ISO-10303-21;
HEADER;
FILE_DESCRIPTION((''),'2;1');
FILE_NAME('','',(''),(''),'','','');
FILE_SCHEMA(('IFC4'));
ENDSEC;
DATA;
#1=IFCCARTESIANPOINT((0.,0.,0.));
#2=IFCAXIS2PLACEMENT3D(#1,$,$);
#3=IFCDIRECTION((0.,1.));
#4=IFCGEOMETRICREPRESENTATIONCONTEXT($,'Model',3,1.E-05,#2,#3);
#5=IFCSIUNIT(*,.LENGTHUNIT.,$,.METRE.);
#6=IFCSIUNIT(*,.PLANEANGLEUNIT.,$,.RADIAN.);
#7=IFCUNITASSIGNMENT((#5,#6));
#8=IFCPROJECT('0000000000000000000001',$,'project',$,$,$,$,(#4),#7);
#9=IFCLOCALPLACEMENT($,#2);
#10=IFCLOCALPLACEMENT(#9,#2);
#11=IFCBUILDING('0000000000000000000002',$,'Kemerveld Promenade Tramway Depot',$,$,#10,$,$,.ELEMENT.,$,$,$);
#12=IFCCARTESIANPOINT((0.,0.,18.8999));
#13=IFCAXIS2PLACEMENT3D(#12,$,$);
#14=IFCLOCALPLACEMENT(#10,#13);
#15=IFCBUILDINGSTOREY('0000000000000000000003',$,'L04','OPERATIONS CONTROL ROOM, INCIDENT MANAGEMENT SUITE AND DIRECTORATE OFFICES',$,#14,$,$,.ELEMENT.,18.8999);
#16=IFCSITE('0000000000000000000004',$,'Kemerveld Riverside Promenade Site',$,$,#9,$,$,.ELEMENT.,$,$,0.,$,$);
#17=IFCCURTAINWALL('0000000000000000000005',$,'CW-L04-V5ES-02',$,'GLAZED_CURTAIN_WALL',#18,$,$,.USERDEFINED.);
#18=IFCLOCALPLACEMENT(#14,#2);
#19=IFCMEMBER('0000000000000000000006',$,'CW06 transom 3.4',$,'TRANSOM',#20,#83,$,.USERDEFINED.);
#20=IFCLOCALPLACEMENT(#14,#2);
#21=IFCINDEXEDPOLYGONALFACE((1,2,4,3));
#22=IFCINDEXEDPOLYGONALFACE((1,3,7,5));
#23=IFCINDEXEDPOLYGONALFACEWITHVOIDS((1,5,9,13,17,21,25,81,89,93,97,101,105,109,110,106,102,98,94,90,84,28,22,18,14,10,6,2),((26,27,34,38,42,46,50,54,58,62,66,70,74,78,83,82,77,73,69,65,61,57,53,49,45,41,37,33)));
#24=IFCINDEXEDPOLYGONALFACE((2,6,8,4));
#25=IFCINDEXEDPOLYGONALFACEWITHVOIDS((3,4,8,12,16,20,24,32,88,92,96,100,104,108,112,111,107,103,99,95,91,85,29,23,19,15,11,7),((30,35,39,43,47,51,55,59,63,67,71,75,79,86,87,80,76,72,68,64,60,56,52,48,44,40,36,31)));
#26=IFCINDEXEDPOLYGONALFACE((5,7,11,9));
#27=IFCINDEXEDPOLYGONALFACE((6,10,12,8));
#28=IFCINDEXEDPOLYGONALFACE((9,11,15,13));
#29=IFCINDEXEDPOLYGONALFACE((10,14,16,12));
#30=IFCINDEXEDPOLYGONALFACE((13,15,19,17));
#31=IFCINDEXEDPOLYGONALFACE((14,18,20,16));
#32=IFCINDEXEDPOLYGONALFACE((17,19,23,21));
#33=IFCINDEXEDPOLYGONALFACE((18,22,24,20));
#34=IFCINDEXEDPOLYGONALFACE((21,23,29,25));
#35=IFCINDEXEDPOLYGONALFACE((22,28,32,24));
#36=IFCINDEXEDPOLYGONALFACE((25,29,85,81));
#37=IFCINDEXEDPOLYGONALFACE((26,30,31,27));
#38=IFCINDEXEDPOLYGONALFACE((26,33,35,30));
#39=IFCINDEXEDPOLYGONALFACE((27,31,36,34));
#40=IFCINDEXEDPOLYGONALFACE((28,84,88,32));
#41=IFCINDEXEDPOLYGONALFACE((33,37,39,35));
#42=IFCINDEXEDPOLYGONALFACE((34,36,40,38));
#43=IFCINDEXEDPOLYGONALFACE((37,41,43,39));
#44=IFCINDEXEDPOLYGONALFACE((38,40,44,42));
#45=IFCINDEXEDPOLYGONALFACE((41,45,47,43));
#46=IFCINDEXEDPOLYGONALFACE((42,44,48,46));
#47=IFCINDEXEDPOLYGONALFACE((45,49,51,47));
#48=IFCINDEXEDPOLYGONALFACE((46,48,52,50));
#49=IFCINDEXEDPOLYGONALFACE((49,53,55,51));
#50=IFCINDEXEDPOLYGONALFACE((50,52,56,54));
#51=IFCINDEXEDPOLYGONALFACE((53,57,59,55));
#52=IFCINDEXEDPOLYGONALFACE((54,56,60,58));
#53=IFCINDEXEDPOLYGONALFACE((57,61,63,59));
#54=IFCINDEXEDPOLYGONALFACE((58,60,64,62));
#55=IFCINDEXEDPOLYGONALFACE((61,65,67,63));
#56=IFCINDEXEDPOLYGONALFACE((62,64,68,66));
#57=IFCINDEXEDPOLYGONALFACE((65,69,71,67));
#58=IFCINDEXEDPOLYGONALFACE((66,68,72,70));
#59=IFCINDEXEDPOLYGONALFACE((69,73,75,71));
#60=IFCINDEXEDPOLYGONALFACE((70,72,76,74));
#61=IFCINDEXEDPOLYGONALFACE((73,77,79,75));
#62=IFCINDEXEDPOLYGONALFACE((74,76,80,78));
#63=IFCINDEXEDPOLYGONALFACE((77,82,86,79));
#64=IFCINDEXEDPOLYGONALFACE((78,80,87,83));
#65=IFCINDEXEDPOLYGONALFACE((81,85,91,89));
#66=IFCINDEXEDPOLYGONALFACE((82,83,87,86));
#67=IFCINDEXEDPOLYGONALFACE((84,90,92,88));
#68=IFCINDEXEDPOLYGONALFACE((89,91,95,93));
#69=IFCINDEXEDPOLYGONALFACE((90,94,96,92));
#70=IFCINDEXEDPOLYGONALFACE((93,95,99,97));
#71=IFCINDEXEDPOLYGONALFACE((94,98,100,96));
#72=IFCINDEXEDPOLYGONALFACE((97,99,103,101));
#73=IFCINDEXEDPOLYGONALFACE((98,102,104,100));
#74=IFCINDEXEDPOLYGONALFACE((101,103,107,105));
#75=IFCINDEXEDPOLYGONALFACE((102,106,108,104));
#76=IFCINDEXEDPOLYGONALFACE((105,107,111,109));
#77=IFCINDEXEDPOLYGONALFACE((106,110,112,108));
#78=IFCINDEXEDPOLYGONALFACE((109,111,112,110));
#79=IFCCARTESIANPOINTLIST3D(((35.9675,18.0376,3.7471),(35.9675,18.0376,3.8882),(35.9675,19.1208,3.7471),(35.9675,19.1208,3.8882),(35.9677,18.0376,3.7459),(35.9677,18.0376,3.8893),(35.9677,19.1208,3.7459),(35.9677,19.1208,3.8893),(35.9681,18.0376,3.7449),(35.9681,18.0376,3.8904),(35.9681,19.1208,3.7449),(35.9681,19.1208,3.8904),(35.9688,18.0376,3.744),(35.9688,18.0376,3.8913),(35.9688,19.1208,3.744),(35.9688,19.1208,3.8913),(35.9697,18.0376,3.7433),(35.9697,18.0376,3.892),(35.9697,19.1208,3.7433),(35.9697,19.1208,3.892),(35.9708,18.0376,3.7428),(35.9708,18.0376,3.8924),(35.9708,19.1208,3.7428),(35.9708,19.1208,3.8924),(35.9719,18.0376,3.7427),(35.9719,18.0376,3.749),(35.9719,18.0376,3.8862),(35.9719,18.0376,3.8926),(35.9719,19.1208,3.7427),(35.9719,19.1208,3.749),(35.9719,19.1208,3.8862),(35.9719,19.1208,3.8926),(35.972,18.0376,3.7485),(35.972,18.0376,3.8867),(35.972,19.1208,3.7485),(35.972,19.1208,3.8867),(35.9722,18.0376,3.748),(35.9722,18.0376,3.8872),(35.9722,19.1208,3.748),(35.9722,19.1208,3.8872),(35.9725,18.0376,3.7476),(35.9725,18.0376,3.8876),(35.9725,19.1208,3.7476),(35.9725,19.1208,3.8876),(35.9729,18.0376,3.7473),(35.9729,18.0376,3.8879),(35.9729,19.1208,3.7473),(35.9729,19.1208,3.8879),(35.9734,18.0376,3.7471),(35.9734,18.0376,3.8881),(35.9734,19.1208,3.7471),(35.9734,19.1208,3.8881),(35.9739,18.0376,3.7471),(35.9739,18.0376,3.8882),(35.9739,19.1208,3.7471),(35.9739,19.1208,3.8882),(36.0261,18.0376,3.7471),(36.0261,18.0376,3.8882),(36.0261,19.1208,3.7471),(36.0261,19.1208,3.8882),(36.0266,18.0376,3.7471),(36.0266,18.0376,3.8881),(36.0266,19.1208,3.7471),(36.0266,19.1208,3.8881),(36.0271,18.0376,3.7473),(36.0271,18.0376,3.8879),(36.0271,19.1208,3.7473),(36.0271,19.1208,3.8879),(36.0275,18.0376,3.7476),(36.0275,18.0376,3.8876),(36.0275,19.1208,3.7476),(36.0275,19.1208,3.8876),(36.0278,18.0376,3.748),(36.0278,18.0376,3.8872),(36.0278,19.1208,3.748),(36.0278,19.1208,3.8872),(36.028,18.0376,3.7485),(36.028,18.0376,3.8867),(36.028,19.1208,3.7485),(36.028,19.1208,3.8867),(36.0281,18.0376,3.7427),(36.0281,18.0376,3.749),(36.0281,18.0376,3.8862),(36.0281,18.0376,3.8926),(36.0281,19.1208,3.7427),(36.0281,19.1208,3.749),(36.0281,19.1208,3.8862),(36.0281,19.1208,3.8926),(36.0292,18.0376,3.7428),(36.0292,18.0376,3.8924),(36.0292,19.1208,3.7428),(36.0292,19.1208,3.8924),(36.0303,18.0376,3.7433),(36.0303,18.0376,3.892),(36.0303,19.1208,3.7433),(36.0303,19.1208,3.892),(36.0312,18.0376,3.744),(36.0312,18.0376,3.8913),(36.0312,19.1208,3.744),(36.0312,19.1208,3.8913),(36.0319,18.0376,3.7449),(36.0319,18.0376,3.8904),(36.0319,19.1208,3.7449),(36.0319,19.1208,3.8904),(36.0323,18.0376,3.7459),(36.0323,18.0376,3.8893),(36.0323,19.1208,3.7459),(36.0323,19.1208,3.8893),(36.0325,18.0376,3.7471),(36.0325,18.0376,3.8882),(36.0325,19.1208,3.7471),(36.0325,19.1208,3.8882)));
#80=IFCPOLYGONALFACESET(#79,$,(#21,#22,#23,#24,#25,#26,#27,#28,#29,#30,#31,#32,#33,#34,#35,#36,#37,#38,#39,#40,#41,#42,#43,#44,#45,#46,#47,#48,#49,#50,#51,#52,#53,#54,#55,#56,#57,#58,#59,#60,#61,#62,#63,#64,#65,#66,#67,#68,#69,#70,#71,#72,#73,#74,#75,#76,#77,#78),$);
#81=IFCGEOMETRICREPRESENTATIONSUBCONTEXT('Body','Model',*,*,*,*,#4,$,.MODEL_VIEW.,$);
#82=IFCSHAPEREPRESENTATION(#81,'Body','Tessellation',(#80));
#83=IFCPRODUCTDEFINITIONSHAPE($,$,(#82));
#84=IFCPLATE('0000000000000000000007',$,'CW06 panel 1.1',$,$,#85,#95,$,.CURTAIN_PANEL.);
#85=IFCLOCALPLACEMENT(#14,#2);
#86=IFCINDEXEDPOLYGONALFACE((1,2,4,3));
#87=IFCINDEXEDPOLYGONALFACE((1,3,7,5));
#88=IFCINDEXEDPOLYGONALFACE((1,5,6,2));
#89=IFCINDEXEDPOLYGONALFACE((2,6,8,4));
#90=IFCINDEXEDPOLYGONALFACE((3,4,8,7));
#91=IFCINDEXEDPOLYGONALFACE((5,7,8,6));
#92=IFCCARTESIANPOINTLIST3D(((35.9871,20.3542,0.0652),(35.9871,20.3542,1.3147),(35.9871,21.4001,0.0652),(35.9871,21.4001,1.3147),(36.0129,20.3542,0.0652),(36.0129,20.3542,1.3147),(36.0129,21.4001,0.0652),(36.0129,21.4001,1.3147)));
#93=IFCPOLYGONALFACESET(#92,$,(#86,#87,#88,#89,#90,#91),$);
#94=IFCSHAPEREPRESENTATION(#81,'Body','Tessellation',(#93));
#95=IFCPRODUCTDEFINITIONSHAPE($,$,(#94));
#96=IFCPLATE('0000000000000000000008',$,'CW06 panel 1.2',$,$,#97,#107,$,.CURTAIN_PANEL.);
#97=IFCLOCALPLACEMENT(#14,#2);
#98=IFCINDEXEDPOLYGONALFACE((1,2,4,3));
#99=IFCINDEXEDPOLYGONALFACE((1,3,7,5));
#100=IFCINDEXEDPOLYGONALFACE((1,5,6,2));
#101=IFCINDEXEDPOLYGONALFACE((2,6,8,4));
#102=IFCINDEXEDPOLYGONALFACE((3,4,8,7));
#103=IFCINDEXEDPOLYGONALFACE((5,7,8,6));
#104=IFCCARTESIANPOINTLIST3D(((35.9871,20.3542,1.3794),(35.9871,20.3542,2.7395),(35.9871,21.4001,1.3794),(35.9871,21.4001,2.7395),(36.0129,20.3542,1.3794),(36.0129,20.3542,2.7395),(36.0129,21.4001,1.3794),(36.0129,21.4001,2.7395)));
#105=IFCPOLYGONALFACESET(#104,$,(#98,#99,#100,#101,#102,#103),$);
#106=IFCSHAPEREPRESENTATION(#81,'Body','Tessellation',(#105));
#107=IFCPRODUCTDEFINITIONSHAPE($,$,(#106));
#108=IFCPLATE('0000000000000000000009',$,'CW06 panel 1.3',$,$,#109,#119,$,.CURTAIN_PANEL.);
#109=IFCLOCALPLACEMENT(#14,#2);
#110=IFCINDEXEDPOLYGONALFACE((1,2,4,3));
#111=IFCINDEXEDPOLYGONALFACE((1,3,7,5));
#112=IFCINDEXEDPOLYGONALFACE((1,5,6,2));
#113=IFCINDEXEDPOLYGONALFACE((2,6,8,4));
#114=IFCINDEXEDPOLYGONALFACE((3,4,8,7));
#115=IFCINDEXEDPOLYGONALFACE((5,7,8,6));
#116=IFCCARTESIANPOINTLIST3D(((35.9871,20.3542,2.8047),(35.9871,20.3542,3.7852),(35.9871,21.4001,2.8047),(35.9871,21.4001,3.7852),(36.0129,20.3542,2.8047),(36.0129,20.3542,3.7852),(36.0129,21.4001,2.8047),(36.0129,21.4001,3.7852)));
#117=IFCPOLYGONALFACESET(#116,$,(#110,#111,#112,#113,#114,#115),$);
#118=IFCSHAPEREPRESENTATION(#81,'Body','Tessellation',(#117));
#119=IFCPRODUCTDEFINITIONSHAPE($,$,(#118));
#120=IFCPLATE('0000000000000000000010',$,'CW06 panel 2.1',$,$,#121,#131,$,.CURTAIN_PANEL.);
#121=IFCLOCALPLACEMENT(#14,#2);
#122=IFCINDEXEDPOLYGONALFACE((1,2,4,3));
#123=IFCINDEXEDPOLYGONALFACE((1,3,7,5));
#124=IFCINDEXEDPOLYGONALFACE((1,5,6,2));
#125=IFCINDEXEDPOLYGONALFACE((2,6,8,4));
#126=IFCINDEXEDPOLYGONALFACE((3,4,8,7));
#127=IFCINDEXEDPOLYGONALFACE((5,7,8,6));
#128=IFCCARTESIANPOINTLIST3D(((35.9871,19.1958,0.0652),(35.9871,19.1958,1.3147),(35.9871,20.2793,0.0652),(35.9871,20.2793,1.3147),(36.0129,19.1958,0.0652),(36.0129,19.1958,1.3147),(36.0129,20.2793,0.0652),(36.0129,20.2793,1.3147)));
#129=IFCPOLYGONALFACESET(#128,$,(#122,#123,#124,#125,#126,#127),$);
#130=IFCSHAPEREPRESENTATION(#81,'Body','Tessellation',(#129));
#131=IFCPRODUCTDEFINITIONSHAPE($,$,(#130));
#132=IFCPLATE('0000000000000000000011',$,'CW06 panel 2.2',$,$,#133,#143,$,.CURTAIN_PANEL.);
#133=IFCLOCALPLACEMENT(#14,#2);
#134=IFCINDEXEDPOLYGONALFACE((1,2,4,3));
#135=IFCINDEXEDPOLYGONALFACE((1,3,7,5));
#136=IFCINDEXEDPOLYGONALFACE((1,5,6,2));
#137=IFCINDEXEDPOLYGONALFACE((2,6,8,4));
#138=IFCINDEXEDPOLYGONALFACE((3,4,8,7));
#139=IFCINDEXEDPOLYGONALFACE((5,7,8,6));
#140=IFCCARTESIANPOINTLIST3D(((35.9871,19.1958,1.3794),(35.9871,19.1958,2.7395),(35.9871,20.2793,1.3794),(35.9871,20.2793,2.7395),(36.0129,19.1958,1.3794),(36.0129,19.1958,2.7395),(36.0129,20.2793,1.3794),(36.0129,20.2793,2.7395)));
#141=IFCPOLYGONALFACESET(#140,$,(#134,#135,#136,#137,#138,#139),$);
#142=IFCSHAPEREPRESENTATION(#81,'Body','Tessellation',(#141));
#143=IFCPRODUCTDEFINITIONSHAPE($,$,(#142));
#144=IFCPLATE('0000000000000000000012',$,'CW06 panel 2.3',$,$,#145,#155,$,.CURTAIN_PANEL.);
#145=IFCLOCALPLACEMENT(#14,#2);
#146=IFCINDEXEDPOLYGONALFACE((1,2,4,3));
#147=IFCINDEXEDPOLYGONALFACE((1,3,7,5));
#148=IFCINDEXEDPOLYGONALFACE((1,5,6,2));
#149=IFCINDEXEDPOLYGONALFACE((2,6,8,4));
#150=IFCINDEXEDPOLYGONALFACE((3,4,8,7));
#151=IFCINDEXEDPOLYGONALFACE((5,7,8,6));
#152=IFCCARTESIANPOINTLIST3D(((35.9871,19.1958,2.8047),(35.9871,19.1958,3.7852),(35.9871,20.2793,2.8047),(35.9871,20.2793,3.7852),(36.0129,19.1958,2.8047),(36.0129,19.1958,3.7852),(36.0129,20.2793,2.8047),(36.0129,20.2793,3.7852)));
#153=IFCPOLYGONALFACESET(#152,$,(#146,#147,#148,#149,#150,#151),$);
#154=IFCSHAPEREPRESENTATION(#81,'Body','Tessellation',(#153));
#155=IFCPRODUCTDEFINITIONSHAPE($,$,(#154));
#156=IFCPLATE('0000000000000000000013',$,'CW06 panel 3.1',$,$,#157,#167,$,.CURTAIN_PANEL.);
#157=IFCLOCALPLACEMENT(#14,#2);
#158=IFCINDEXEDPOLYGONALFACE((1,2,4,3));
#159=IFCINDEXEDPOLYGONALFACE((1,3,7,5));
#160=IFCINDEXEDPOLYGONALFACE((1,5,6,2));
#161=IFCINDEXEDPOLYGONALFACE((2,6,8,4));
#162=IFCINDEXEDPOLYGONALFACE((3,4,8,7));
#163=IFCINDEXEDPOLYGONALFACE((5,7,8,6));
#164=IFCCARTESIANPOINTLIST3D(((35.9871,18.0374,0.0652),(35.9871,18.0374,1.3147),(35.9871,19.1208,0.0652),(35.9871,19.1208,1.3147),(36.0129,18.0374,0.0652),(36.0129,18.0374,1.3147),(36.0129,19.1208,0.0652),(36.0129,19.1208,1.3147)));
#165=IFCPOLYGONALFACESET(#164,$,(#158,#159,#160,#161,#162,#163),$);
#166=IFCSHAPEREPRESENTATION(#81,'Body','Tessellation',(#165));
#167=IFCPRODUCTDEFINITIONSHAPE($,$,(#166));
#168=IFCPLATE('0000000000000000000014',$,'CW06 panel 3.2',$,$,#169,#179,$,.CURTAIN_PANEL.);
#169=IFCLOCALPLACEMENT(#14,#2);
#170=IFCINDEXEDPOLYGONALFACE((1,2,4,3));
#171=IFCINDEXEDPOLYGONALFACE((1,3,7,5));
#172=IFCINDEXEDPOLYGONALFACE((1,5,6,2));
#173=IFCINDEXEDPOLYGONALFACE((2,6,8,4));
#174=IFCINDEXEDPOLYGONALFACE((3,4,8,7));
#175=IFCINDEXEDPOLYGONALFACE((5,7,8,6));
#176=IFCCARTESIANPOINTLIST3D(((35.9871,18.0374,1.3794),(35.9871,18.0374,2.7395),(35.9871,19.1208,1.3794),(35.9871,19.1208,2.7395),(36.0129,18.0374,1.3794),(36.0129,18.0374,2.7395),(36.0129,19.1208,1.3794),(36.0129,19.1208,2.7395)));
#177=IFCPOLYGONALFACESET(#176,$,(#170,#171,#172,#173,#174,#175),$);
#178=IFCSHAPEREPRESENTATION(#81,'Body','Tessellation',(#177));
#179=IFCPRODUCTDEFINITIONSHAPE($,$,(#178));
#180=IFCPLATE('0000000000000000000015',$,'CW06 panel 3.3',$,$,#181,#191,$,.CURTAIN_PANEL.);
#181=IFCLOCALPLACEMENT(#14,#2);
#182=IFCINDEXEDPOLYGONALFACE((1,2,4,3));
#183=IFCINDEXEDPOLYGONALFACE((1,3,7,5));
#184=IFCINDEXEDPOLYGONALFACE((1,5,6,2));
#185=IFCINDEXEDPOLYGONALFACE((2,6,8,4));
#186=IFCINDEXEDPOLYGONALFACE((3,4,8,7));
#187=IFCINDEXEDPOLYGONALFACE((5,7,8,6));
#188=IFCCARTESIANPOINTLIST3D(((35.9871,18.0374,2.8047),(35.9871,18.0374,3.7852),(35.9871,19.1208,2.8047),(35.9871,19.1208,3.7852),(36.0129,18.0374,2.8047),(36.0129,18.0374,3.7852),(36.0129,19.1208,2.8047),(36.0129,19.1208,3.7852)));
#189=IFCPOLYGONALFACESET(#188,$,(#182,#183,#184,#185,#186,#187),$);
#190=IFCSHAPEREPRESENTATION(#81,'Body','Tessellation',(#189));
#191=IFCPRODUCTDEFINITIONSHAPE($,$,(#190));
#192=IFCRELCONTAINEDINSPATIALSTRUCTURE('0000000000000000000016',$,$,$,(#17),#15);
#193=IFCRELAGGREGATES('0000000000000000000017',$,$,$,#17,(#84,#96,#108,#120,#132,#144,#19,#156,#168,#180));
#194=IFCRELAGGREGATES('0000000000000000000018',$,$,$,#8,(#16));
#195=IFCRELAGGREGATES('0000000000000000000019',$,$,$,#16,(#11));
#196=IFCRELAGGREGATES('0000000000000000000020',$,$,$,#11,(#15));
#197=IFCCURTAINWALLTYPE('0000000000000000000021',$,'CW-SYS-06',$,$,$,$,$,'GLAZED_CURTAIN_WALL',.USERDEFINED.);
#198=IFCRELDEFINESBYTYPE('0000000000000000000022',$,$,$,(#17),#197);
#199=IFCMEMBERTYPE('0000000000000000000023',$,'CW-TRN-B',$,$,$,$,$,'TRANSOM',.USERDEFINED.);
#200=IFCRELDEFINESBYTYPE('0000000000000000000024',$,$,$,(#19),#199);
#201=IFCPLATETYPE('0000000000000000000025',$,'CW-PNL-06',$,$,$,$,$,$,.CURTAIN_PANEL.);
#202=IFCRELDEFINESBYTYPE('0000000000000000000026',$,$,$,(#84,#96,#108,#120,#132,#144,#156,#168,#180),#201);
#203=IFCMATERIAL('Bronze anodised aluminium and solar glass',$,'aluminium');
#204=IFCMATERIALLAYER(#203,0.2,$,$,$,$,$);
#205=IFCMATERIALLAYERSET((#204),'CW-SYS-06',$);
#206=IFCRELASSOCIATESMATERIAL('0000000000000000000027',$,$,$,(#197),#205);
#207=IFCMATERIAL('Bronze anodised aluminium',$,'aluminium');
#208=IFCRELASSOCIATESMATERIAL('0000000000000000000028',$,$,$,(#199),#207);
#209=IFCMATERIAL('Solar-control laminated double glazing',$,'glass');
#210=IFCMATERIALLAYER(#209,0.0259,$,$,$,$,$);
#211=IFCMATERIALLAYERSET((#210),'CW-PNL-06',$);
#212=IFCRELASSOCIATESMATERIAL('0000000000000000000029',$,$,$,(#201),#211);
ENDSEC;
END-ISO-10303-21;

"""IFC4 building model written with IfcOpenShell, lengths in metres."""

from ifc_helpers import new_model, si_unit, direction, frame, origin, origin_2d, place, context, subcontext, project, spatial, rectangle, hollow_rectangle, extrude, material, layer, layer_set, material_profile, profile_set, type_object, element, aggregate, save


model = new_model("IFC4")

# Units and contexts
model_context = context("Model", 3, precision=1e-05, world=origin(), true_north=direction((0.0, 1.0)))
body_context = subcontext(model_context, "Body", "Model", "MODEL_VIEW")
ifc_project = project(units=[si_unit("LENGTHUNIT", "METRE"), si_unit("PLANEANGLEUNIT", "RADIAN")], contexts=[model_context])

# Site, building, storey
site_placement = place(None, origin())
site = spatial("IfcSite", under=ifc_project, at=site_placement, Name="Kemerveld Riverside Promenade Site", CompositionType="ELEMENT", RefElevation=0.0)
building_placement = place(site_placement, origin())
building = spatial("IfcBuilding", under=site, at=building_placement, Name="Kemerveld Promenade Tramway Depot", CompositionType="ELEMENT")
storey_placement = place(building_placement, frame((0.0, 0.0, 18.8999)))
storey = spatial("IfcBuildingStorey", under=building, at=storey_placement, Name="L04", Description="OPERATIONS CONTROL ROOM, INCIDENT MANAGEMENT SUITE AND DIRECTORATE OFFICES", CompositionType="ELEMENT", Elevation=18.8999)

# Curtain wall, member, plates
ifc_material_1 = material(Name="Bronze anodised aluminium and solar glass", Category="aluminium")
ifc_layer_1 = layer(ifc_material_1, 0.2)
ifc_layer_set_1 = layer_set([ifc_layer_1], Name="CW-SYS-06")
curtain_wall_type = type_object("IfcCurtainWallType", Name="CW-SYS-06", ElementType="GLAZED_CURTAIN_WALL", PredefinedType="USERDEFINED", material=ifc_layer_set_1)
curtain_wall_placement = place(storey_placement, origin())
curtain_wall = element("IfcCurtainWall", 1, at=curtain_wall_placement, inside=storey, type_object=curtain_wall_type, Name="CW-L04-V5ES-02", ObjectType="GLAZED_CURTAIN_WALL", PredefinedType="USERDEFINED")
ifc_material_2 = material(Name="Bronze anodised aluminium", Category="aluminium")
ifc_material_profile_1 = material_profile(ifc_material_2, hollow_rectangle(XDim=0.0649, YDim=0.1499, WallThickness=0.0044, InnerFilletRadius=0.002, OuterFilletRadius=0.0044, at=origin_2d()), Name="CW-TRN-150x65")
ifc_profile_set_1 = profile_set([ifc_material_profile_1], Name="Bronze anodised aluminium")
member_type_1 = type_object("IfcMemberType", Name="CW-TRN-B", ElementType="TRANSOM", PredefinedType="USERDEFINED", material=ifc_profile_set_1)
member_1_placement = place(storey_placement, frame((36.0, 19.1208, 3.8176), z_axis=(0.0, -1.0, 0.0), x_axis=(1.0, 0.0, 0.0)))
member_1 = element("IfcMember", 2, at=member_1_placement, type_object=member_type_1, Name="CW06 transom 3.4", ObjectType="TRANSOM", PredefinedType="USERDEFINED", context=body_context, shape_type="SweptSolid", body=[
    extrude(hollow_rectangle(XDim=0.0649, YDim=0.1499, WallThickness=0.0044, InnerFilletRadius=0.002, OuterFilletRadius=0.0044, at=origin_2d()), origin(), (0.0, 0.0, 1.0), 1.0833),
])
ifc_material_3 = material(Name="Solar-control laminated double glazing", Category="glass")
ifc_layer_2 = layer(ifc_material_3, 0.0259)
ifc_layer_set_2 = layer_set([ifc_layer_2], Name="CW-PNL-06")
plate_type = type_object("IfcPlateType", Name="CW-PNL-06", PredefinedType="CURTAIN_PANEL", material=ifc_layer_set_2)
plate_1_placement = place(storey_placement, frame((36.0, 20.8772, 0.0652), z_axis=(0.0, 0.0, 1.0), x_axis=(0.0, -1.0, 0.0)))
plate_1 = element("IfcPlate", 3, at=plate_1_placement, type_object=plate_type, Name="CW06 panel 1.1", PredefinedType="CURTAIN_PANEL", context=body_context, shape_type="SweptSolid", body=[
    extrude(rectangle(XDim=1.0459, YDim=0.0259, at=origin_2d()), origin(), (0.0, 0.0, 1.0), 1.2495),
])
plate_2_placement = place(storey_placement, frame((36.0, 20.8772, 1.3794), z_axis=(0.0, 0.0, 1.0), x_axis=(0.0, -1.0, 0.0)))
plate_2 = element("IfcPlate", 4, at=plate_2_placement, type_object=plate_type, Name="CW06 panel 1.2", PredefinedType="CURTAIN_PANEL", context=body_context, shape_type="SweptSolid", body=[
    extrude(rectangle(XDim=1.0459, YDim=0.0259, at=origin_2d()), origin(), (0.0, 0.0, 1.0), 1.3601),
])
plate_3_placement = place(storey_placement, frame((36.0, 20.8772, 2.8047), z_axis=(0.0, 0.0, 1.0), x_axis=(0.0, -1.0, 0.0)))
plate_3 = element("IfcPlate", 5, at=plate_3_placement, type_object=plate_type, Name="CW06 panel 1.3", PredefinedType="CURTAIN_PANEL", context=body_context, shape_type="SweptSolid", body=[
    extrude(rectangle(XDim=1.0459, YDim=0.0259, at=origin_2d()), origin(), (0.0, 0.0, 1.0), 0.9805),
])
plate_4_placement = place(storey_placement, frame((36.0, 19.7375, 0.0652), z_axis=(0.0, 0.0, 1.0), x_axis=(0.0, -1.0, 0.0)))
plate_4 = element("IfcPlate", 6, at=plate_4_placement, type_object=plate_type, Name="CW06 panel 2.1", PredefinedType="CURTAIN_PANEL", context=body_context, shape_type="SweptSolid", body=[
    extrude(rectangle(XDim=1.0835, YDim=0.0259, at=origin_2d()), origin(), (0.0, 0.0, 1.0), 1.2495),
])
plate_5_placement = place(storey_placement, frame((36.0, 19.7375, 1.3794), z_axis=(0.0, 0.0, 1.0), x_axis=(0.0, -1.0, 0.0)))
plate_5 = element("IfcPlate", 7, at=plate_5_placement, type_object=plate_type, Name="CW06 panel 2.2", PredefinedType="CURTAIN_PANEL", context=body_context, shape_type="SweptSolid", body=[
    extrude(rectangle(XDim=1.0835, YDim=0.0259, at=origin_2d()), origin(), (0.0, 0.0, 1.0), 1.3601),
])
plate_6_placement = place(storey_placement, frame((36.0, 19.7375, 2.8047), z_axis=(0.0, 0.0, 1.0), x_axis=(0.0, -1.0, 0.0)))
plate_6 = element("IfcPlate", 8, at=plate_6_placement, type_object=plate_type, Name="CW06 panel 2.3", PredefinedType="CURTAIN_PANEL", context=body_context, shape_type="SweptSolid", body=[
    extrude(rectangle(XDim=1.0835, YDim=0.0259, at=origin_2d()), origin(), (0.0, 0.0, 1.0), 0.9805),
])
plate_7_placement = place(storey_placement, frame((36.0, 18.5791, 0.0652), z_axis=(0.0, 0.0, 1.0), x_axis=(0.0, -1.0, 0.0)))
plate_7 = element("IfcPlate", 9, at=plate_7_placement, type_object=plate_type, Name="CW06 panel 3.1", PredefinedType="CURTAIN_PANEL", context=body_context, shape_type="SweptSolid", body=[
    extrude(rectangle(XDim=1.0835, YDim=0.0259, at=origin_2d()), origin(), (0.0, 0.0, 1.0), 1.2495),
])
plate_8_placement = place(storey_placement, frame((36.0, 18.5791, 1.3794), z_axis=(0.0, 0.0, 1.0), x_axis=(0.0, -1.0, 0.0)))
plate_8 = element("IfcPlate", 10, at=plate_8_placement, type_object=plate_type, Name="CW06 panel 3.2", PredefinedType="CURTAIN_PANEL", context=body_context, shape_type="SweptSolid", body=[
    extrude(rectangle(XDim=1.0835, YDim=0.0259, at=origin_2d()), origin(), (0.0, 0.0, 1.0), 1.3601),
])
plate_9_placement = place(storey_placement, frame((36.0, 18.5791, 2.8047), z_axis=(0.0, 0.0, 1.0), x_axis=(0.0, -1.0, 0.0)))
plate_9 = element("IfcPlate", 11, at=plate_9_placement, type_object=plate_type, Name="CW06 panel 3.3", PredefinedType="CURTAIN_PANEL", context=body_context, shape_type="SweptSolid", body=[
    extrude(rectangle(XDim=1.0835, YDim=0.0259, at=origin_2d()), origin(), (0.0, 0.0, 1.0), 0.9805),
])
aggregate(curtain_wall, [plate_1, plate_2, plate_3, plate_4, plate_5, plate_6, member_1, plate_7, plate_8, plate_9])

save(model, "model.ifc")
